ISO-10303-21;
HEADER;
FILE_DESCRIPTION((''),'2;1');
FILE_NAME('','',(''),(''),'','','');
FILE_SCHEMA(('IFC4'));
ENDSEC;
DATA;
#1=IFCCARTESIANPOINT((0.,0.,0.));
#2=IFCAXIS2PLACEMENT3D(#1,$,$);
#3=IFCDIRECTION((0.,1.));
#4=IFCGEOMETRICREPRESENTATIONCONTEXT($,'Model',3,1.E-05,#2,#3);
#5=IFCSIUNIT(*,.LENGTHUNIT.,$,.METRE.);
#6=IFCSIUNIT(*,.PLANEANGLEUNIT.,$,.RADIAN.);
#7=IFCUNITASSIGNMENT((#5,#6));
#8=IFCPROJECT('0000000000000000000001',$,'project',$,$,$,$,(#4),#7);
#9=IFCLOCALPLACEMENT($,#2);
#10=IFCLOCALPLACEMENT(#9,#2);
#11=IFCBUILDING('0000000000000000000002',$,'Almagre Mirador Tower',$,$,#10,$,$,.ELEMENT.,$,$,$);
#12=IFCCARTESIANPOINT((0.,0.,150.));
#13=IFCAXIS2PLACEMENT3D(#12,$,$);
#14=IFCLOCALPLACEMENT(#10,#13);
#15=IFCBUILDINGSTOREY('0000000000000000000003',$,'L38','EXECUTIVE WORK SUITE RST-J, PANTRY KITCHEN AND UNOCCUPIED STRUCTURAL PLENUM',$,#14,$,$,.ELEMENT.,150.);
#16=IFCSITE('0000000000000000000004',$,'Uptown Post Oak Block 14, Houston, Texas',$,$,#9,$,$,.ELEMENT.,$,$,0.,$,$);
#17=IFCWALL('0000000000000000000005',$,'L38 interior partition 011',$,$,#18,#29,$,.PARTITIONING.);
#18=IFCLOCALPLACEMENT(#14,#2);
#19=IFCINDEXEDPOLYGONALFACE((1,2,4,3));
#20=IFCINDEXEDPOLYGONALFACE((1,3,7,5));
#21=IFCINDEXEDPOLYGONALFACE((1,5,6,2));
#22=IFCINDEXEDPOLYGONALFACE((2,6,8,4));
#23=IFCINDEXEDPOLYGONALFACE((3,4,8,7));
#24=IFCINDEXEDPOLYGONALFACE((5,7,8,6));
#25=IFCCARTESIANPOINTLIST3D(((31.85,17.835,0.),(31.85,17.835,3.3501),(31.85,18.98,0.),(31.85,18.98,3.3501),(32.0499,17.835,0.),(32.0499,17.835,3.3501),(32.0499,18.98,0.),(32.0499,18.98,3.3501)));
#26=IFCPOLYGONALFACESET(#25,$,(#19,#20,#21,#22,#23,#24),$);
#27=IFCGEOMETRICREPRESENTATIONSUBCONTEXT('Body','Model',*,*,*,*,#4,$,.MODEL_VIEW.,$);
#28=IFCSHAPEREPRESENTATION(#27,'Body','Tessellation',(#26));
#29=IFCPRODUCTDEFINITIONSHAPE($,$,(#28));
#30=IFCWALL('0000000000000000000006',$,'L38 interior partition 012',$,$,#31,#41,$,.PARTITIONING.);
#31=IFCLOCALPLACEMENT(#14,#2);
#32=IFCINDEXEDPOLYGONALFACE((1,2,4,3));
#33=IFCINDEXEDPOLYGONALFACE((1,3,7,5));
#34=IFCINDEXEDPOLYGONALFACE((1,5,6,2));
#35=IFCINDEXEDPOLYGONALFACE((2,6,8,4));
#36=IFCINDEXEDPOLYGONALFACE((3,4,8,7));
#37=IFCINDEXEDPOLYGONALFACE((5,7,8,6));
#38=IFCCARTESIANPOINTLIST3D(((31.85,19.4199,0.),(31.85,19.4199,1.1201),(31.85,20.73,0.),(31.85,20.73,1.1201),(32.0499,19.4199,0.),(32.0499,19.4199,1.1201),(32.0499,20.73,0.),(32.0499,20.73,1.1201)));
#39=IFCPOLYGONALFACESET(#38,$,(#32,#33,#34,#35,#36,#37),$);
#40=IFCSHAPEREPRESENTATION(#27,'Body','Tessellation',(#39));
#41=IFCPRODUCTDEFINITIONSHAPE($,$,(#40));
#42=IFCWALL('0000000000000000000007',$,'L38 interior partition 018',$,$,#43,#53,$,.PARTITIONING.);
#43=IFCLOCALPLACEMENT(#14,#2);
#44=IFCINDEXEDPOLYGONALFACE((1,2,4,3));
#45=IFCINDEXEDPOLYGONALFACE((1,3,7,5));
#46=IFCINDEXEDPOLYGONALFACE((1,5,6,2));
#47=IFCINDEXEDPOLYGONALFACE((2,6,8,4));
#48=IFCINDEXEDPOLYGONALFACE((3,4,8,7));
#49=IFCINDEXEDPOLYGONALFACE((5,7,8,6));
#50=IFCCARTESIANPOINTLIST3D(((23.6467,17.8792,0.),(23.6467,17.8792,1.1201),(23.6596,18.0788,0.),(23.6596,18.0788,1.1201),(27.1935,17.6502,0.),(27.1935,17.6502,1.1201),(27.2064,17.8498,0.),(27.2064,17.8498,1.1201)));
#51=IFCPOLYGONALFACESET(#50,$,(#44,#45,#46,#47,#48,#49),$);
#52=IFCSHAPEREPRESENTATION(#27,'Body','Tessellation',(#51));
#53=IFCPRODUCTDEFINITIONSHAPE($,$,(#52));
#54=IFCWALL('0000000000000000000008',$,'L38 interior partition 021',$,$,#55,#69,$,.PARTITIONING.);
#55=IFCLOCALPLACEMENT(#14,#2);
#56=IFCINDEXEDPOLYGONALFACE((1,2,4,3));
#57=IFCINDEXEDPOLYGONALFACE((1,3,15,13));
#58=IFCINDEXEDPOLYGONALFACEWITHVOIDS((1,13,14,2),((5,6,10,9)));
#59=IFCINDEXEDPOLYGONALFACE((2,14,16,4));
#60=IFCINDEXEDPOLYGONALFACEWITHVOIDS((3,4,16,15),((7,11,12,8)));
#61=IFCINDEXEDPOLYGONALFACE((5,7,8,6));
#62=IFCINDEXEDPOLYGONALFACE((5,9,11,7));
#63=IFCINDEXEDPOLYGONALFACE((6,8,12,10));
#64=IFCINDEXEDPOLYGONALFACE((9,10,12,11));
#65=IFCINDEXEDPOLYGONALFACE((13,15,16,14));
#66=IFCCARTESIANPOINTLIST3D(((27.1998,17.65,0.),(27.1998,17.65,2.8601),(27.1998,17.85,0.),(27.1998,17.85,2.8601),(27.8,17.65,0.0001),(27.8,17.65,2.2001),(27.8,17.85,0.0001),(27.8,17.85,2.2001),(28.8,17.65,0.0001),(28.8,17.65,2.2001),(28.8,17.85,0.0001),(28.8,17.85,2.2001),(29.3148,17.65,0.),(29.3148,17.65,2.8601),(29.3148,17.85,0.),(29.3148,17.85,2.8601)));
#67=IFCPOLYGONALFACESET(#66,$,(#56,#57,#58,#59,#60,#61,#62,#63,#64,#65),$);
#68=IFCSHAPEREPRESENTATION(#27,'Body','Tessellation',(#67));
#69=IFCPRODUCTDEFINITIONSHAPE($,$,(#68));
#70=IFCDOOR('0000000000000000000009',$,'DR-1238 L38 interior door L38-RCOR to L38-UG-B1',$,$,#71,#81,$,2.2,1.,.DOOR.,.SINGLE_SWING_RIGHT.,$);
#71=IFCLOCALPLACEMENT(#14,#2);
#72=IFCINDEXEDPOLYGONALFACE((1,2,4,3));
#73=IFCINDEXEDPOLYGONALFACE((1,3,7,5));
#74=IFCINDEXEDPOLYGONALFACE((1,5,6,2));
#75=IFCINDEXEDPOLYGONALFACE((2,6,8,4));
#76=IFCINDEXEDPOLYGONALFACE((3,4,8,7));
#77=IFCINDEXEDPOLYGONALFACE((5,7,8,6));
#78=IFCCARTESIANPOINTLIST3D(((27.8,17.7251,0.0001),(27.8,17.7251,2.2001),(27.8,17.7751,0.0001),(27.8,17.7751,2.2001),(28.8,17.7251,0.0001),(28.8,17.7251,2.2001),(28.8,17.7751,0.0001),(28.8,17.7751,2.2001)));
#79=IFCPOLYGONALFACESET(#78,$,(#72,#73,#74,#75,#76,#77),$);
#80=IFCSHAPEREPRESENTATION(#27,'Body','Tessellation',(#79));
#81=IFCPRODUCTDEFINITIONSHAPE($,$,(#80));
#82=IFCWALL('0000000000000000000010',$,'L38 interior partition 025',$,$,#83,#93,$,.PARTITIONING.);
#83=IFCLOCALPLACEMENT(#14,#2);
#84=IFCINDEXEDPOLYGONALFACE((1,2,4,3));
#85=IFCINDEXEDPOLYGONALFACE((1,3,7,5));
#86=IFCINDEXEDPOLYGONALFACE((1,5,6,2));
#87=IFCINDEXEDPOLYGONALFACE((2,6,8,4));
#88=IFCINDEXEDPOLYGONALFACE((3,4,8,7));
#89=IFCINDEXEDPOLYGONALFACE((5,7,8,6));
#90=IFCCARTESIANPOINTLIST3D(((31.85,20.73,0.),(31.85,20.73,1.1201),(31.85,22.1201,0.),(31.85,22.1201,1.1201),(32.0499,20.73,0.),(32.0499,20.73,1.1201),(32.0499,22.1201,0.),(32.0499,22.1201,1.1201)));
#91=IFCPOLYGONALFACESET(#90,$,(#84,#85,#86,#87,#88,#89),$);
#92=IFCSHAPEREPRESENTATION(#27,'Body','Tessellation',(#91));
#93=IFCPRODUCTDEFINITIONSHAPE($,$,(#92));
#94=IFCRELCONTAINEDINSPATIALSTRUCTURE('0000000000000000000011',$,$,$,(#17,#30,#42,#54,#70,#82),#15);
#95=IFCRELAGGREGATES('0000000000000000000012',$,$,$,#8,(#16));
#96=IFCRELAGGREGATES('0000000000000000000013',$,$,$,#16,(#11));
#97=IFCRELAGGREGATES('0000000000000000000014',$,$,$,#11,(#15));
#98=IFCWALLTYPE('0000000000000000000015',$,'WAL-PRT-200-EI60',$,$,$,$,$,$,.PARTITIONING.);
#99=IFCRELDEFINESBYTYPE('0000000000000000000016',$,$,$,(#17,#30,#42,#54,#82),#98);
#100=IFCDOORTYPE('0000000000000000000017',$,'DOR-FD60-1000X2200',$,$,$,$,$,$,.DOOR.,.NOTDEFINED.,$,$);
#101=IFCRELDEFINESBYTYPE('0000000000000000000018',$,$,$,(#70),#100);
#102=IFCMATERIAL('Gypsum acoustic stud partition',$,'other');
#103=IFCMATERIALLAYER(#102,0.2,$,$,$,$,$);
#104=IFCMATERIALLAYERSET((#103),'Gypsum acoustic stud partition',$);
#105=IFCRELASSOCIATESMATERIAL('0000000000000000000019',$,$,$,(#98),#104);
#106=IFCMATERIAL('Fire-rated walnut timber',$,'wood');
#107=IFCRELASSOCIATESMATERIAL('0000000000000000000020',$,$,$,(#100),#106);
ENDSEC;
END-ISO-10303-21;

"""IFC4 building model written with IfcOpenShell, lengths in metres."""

from ifc_helpers import new_model, si_unit, direction, frame, frame_2d, origin, place, context, subcontext, project, spatial, rectangle, extrude, material, layer, layer_set, type_object, element, fill, save


model = new_model("IFC4")

# Units and contexts
model_context = context("Model", 3, precision=1e-05, world=origin(), true_north=direction((0.0, 1.0)))
body_context = subcontext(model_context, "Body", "Model", "MODEL_VIEW")
ifc_project = project(units=[si_unit("LENGTHUNIT", "METRE"), si_unit("PLANEANGLEUNIT", "RADIAN")], contexts=[model_context])

# Site, building, storey
site_placement = place(None, origin())
site = spatial("IfcSite", under=ifc_project, at=site_placement, Name="Uptown Post Oak Block 14, Houston, Texas", CompositionType="ELEMENT", RefElevation=0.0)
building_placement = place(site_placement, origin())
building = spatial("IfcBuilding", under=site, at=building_placement, Name="Almagre Mirador Tower", CompositionType="ELEMENT")
storey_placement = place(building_placement, frame((0.0, 0.0, 150.0)))
storey = spatial("IfcBuildingStorey", under=building, at=storey_placement, Name="L38", Description="EXECUTIVE WORK SUITE RST-J, PANTRY KITCHEN AND UNOCCUPIED STRUCTURAL PLENUM", CompositionType="ELEMENT", Elevation=150.0)

# Shared definitions
ifc_material_1 = material(Name="Gypsum acoustic stud partition", Category="other")
ifc_layer_1 = layer(ifc_material_1, 0.2)
ifc_layer_set_1 = layer_set([ifc_layer_1], Name="Gypsum acoustic stud partition")
wall_type_1 = type_object("IfcWallType", Name="WAL-PRT-200-EI60", PredefinedType="PARTITIONING", material=ifc_layer_set_1)

# Walls
wall_1_placement = place(storey_placement, frame((31.95, 17.835, 0.0), z_axis=(0.0, 0.0, 1.0), x_axis=(0.0, 1.0, 0.0)))
element("IfcWall", 1, at=wall_1_placement, inside=storey, type_object=wall_type_1, Name="L38 interior partition 011", PredefinedType="PARTITIONING", context=body_context, shape_type="SweptSolid", body=[
    extrude(rectangle(XDim=1.145, YDim=0.2, at=frame_2d((0.5725, 0.0))), origin(), (0.0, 0.0, 1.0), 3.3501),
])
wall_2_placement = place(storey_placement, frame((31.95, 19.4199, 0.0), z_axis=(0.0, 0.0, 1.0), x_axis=(0.0, 1.0, 0.0)))
element("IfcWall", 2, at=wall_2_placement, inside=storey, type_object=wall_type_1, Name="L38 interior partition 012", PredefinedType="PARTITIONING", context=body_context, shape_type="SweptSolid", body=[
    extrude(rectangle(XDim=1.3101, YDim=0.2, at=frame_2d((0.655, 0.0))), origin(), (0.0, 0.0, 1.0), 1.1201),
])
wall_3_placement = place(storey_placement, frame((27.2, 17.75, 0.0), z_axis=(0.0, 0.0, 1.0), x_axis=(-0.997922, 0.064431, 0.0)))
element("IfcWall", 3, at=wall_3_placement, inside=storey, type_object=wall_type_1, Name="L38 interior partition 018", PredefinedType="PARTITIONING", context=body_context, shape_type="SweptSolid", body=[
    extrude(rectangle(XDim=3.5542, YDim=0.2, at=frame_2d((1.7771, 0.0))), origin(), (0.0, 0.0, 1.0), 1.1201),
])

# Wall, opening, door
wall_4_placement = place(storey_placement, frame((29.3149, 17.75, 0.0), z_axis=(0.0, 0.0, 1.0), x_axis=(-1.0, 0.0, 0.0)))
wall_4 = element("IfcWall", 4, at=wall_4_placement, inside=storey, type_object=wall_type_1, Name="L38 interior partition 021", PredefinedType="PARTITIONING", context=body_context, shape_type="SweptSolid", body=[
    extrude(rectangle(XDim=2.115, YDim=0.2, at=frame_2d((1.0576, 0.0))), origin(), (0.0, 0.0, 1.0), 2.8601),
])
opening_1_placement = place(wall_4_placement, frame((0.5149, 0.0, 0.0)))
opening_1 = element("IfcOpeningElement", 5, at=opening_1_placement, cuts=wall_4, PredefinedType="OPENING", context=body_context, shape_type="SweptSolid", body=[
    extrude(rectangle(XDim=1.0, YDim=2.2, at=frame_2d((0.5, 1.1001))), frame((0.0, 0.1101, 0.0), z_axis=(0.0, -1.0, 0.0), x_axis=(1.0, 0.0, 0.0)), (0.0, 0.0, 1.0), 0.22),
])
ifc_material_2 = material(Name="Fire-rated walnut timber", Category="wood")
door_type_1 = type_object("IfcDoorType", Name="DOR-FD60-1000X2200", OperationType="NOTDEFINED", PredefinedType="DOOR", material=ifc_material_2)
door_1_placement = place(opening_1_placement, origin())
door_1 = element("IfcDoor", 6, at=door_1_placement, inside=storey, type_object=door_type_1, Name="DR-1238 L38 interior door L38-RCOR to L38-UG-B1", OperationType="SINGLE_SWING_RIGHT", OverallHeight=2.2, OverallWidth=1.0, PredefinedType="DOOR", context=body_context, shape_type="SweptSolid", body=[
    extrude(rectangle(XDim=1.0, YDim=2.2, at=frame_2d((0.5, 1.1001))), frame((0.0, 0.0249, 0.0), z_axis=(0.0, -1.0, 0.0), x_axis=(1.0, 0.0, 0.0)), (0.0, 0.0, 1.0), 0.05),
])
fill(opening_1, door_1)

# Wall
wall_5_placement = place(storey_placement, frame((31.95, 20.73, 0.0), z_axis=(0.0, 0.0, 1.0), x_axis=(0.0, 1.0, 0.0)))
element("IfcWall", 7, at=wall_5_placement, inside=storey, type_object=wall_type_1, Name="L38 interior partition 025", PredefinedType="PARTITIONING", context=body_context, shape_type="SweptSolid", body=[
    extrude(rectangle(XDim=1.3901, YDim=0.2, at=frame_2d((0.6951, 0.0))), origin(), (0.0, 0.0, 1.0), 1.1201),
])

save(model, "model.ifc")
